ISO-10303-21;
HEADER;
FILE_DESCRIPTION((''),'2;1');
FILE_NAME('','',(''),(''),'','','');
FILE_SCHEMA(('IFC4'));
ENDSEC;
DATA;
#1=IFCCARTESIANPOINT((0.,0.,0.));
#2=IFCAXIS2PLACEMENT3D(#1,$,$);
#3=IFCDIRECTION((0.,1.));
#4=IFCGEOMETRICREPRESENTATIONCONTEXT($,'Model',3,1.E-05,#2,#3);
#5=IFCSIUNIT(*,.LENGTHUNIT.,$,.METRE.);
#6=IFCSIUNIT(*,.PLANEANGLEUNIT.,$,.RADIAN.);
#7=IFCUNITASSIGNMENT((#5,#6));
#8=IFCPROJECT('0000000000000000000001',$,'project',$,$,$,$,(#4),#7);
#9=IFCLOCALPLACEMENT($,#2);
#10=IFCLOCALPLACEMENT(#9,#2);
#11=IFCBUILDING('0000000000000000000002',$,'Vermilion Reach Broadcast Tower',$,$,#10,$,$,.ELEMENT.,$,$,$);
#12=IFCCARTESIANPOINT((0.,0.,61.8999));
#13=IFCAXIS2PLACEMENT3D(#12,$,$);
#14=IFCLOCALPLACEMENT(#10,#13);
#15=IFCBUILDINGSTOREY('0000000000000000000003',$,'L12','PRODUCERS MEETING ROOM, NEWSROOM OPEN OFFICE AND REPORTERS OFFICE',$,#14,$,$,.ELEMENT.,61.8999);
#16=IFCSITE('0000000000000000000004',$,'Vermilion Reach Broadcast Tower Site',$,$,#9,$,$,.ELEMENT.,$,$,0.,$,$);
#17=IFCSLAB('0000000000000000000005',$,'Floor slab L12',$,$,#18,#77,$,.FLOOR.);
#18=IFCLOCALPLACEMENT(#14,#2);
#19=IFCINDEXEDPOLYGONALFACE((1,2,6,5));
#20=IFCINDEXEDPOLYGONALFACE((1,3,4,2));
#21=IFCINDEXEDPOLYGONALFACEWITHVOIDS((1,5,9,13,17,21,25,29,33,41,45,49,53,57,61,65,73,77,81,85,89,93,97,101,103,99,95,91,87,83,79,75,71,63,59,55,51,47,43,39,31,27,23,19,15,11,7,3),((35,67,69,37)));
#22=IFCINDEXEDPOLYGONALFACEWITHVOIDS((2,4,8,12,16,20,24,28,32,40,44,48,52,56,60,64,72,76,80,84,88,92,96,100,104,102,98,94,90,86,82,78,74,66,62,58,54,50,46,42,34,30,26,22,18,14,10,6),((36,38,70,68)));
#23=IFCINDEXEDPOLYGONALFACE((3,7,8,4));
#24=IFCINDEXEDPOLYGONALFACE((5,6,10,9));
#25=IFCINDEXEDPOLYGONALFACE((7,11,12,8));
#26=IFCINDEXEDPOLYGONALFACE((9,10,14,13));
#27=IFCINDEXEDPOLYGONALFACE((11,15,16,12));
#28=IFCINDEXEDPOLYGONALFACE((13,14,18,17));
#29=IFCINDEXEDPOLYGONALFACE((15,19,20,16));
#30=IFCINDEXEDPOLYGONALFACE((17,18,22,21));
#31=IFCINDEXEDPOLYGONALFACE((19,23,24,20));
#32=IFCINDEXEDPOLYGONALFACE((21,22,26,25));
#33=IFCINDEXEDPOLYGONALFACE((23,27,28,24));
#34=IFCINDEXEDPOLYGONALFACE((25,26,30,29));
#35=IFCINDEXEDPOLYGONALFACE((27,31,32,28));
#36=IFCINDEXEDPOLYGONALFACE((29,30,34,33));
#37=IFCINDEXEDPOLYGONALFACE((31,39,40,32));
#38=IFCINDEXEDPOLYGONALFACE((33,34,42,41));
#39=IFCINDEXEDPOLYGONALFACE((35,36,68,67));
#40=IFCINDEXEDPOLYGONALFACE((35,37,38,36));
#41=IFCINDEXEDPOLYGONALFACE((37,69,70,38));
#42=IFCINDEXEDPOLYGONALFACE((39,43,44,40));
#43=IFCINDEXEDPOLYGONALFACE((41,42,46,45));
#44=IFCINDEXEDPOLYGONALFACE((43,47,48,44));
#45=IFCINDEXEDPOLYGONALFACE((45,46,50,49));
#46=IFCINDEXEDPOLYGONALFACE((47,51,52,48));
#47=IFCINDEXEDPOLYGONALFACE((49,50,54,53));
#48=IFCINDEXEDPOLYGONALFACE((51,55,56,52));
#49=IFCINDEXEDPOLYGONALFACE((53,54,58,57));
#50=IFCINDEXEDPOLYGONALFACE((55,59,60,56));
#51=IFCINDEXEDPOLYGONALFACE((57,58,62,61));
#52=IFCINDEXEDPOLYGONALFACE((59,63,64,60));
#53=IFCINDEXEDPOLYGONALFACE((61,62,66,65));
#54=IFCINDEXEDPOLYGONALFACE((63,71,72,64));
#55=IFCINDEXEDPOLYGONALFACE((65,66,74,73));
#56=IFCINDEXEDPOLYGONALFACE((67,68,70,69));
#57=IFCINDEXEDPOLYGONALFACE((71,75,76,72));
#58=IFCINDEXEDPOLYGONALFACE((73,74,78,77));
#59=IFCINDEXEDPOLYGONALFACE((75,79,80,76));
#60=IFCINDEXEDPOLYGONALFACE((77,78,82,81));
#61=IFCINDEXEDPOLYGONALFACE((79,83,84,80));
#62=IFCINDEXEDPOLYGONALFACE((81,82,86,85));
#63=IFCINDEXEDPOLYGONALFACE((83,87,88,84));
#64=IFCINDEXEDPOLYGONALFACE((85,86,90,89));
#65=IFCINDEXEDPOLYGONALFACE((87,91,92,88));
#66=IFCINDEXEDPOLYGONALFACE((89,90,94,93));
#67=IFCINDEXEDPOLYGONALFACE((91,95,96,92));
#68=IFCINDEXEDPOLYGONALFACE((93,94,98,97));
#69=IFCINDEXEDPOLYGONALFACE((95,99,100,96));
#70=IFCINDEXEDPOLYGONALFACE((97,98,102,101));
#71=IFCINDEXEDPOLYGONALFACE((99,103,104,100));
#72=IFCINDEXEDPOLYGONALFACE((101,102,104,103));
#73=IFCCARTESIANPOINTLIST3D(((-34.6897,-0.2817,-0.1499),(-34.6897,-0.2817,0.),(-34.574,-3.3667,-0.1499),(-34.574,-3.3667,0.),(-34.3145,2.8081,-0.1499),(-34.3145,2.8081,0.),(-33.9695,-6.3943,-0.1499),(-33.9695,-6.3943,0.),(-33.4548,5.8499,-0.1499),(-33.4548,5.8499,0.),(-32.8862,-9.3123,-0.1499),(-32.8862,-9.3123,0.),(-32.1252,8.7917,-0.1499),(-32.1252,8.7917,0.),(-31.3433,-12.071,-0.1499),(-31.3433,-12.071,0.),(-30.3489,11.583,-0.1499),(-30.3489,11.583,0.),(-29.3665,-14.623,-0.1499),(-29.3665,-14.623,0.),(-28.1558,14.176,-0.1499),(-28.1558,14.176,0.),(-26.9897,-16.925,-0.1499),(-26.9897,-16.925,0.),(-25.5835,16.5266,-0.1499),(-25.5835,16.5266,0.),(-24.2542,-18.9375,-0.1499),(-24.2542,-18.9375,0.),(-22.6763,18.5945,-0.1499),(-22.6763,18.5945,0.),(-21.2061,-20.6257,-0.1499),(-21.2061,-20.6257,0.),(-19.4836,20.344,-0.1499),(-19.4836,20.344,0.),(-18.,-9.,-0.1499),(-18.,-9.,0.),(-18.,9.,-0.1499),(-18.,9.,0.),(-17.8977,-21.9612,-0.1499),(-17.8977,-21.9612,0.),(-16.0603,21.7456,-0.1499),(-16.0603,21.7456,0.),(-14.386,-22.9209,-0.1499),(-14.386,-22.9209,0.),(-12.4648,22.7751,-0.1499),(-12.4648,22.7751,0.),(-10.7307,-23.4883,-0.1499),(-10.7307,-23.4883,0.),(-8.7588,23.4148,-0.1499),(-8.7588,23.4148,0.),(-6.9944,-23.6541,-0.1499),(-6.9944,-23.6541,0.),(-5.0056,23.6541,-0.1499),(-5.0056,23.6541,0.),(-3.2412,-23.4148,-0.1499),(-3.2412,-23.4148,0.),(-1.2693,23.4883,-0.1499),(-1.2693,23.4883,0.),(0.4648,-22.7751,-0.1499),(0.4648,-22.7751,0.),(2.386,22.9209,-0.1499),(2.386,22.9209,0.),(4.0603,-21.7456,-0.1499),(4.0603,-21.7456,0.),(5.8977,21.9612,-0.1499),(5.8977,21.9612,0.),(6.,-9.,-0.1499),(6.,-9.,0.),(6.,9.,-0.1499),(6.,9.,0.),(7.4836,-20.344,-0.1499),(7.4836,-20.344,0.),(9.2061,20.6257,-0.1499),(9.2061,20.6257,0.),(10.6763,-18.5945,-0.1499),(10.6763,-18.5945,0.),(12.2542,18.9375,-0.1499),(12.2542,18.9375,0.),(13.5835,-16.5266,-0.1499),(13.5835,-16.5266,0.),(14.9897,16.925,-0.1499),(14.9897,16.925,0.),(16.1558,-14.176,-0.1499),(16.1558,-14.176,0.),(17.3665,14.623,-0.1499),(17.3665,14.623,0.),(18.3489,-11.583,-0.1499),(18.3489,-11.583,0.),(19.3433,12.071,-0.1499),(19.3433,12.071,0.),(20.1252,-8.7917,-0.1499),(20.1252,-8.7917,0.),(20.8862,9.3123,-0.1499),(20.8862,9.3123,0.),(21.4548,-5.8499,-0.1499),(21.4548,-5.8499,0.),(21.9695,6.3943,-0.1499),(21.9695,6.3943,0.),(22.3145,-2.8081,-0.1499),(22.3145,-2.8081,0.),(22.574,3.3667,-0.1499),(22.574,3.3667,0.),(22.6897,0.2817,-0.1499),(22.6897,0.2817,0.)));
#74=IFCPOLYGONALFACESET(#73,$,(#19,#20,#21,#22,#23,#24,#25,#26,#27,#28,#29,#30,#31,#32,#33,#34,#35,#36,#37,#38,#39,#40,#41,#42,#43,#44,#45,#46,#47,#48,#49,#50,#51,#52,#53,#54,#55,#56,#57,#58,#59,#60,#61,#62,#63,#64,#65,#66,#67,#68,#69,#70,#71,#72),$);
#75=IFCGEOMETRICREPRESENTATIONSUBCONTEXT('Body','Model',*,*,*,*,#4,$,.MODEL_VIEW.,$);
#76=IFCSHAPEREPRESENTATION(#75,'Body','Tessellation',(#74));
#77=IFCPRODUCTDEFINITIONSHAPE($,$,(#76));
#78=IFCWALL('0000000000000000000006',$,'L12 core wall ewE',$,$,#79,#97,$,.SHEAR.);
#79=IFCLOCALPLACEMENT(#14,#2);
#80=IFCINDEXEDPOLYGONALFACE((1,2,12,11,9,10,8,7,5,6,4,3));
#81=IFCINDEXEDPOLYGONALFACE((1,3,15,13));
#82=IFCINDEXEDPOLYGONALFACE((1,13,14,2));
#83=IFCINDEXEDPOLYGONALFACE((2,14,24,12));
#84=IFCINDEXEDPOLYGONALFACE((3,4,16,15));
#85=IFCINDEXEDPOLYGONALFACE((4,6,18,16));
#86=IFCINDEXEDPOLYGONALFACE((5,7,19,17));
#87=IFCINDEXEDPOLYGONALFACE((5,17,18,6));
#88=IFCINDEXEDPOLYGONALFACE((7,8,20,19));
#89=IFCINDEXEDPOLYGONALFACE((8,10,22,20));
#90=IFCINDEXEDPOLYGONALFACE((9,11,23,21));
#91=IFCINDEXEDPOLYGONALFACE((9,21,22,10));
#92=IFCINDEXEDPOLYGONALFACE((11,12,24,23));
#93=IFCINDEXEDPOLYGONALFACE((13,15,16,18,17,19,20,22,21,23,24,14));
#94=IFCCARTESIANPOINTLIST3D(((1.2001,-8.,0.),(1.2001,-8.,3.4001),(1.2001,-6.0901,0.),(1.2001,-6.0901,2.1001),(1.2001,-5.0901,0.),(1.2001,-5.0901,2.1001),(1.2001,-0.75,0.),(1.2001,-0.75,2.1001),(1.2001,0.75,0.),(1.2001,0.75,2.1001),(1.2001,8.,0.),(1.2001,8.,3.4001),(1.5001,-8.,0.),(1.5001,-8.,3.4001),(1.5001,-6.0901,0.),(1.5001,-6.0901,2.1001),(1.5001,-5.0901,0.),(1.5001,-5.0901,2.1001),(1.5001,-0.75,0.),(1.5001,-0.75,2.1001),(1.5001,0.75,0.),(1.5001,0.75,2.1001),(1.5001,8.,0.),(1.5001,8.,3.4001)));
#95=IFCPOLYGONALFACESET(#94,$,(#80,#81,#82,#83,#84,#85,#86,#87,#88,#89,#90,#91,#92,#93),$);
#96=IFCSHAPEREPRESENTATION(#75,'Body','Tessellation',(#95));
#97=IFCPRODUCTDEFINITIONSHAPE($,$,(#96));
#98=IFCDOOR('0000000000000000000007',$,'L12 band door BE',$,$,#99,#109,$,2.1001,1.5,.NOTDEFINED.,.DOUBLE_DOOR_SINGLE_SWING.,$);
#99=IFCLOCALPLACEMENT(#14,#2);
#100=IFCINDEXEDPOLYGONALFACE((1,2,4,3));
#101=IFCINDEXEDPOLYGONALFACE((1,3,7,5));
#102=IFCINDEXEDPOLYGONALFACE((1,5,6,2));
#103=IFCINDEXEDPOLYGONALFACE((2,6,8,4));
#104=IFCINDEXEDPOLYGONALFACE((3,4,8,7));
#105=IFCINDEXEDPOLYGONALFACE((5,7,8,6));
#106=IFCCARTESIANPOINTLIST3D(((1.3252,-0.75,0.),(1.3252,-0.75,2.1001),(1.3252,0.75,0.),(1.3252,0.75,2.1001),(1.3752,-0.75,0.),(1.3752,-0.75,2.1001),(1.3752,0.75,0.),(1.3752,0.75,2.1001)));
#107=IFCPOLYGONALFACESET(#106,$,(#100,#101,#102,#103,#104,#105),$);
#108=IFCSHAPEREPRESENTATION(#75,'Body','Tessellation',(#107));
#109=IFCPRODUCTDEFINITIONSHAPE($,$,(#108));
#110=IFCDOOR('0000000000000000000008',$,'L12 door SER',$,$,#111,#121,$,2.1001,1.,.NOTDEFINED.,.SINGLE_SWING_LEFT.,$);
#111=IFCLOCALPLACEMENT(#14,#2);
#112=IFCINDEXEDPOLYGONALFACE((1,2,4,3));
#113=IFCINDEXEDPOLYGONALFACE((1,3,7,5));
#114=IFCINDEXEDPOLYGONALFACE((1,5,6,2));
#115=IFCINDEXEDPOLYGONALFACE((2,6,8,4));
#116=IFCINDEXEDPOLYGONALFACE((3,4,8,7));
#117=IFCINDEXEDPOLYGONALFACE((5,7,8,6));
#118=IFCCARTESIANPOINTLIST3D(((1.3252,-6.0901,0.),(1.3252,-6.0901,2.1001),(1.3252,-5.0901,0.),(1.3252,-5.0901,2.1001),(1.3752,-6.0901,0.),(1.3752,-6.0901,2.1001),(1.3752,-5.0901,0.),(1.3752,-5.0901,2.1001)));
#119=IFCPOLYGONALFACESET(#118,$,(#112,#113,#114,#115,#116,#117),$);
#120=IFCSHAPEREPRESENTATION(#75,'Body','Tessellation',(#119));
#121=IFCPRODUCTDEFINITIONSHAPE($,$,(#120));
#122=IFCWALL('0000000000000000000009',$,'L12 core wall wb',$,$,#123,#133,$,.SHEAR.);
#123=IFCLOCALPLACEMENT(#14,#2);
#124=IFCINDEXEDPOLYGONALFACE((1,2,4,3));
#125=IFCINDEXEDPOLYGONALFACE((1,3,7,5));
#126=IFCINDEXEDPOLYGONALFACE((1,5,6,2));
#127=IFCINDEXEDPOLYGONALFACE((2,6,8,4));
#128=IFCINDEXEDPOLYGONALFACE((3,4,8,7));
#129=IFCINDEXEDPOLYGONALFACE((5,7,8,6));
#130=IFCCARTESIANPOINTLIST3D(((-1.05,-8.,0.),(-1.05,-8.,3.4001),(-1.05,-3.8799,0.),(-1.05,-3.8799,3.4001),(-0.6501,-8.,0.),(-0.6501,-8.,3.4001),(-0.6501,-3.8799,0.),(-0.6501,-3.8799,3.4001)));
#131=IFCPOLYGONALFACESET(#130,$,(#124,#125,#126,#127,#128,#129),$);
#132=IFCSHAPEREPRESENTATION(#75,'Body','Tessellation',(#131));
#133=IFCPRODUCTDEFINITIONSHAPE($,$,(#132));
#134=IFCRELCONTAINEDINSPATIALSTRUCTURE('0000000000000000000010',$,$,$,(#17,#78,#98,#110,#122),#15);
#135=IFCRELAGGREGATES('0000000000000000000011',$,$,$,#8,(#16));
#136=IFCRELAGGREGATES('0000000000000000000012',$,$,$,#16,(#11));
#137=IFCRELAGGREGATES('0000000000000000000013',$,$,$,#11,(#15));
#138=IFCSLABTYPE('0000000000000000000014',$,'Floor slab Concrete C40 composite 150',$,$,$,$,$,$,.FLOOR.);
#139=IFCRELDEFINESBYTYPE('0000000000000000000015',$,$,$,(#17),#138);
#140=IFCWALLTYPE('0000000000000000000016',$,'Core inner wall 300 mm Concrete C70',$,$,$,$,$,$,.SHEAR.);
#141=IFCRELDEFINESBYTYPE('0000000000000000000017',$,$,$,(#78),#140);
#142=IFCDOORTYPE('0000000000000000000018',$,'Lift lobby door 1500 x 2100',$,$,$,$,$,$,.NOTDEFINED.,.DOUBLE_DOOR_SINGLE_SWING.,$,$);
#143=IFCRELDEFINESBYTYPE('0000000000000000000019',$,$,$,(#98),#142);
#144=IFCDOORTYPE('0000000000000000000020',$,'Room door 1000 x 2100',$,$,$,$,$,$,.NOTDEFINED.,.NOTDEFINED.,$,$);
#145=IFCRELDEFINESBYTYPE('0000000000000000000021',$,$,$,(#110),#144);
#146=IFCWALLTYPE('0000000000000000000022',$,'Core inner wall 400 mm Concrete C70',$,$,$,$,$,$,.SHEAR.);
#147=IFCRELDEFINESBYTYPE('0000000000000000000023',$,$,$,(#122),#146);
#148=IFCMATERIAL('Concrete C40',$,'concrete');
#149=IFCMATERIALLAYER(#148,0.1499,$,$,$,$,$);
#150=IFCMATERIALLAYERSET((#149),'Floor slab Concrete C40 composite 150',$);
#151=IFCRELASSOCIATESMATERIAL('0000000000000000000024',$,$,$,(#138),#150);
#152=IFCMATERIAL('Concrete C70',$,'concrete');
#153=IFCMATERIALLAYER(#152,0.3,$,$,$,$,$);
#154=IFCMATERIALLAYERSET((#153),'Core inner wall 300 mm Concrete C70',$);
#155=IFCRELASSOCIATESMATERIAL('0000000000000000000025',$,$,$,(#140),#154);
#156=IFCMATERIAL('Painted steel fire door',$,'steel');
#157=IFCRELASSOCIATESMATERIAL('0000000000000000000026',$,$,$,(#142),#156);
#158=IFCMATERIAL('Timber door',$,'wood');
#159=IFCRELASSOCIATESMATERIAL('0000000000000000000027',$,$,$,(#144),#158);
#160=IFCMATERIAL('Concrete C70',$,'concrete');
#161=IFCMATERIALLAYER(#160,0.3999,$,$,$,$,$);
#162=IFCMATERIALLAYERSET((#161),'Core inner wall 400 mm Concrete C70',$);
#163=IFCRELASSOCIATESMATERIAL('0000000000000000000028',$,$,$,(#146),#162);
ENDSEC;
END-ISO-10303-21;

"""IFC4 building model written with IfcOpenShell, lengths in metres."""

from ifc_helpers import new_model, si_unit, direction, frame, frame_2d, origin, place, context, subcontext, project, spatial, polyline, rectangle, outline, extrude, material, layer, layer_set, type_object, element, fill, save


model = new_model("IFC4")

# Units and contexts
model_context = context("Model", 3, precision=1e-05, world=origin(), true_north=direction((0.0, 1.0)))
body_context = subcontext(model_context, "Body", "Model", "MODEL_VIEW")
ifc_project = project(units=[si_unit("LENGTHUNIT", "METRE"), si_unit("PLANEANGLEUNIT", "RADIAN")], contexts=[model_context])

# Site, building, storey
site_placement = place(None, origin())
site = spatial("IfcSite", under=ifc_project, at=site_placement, Name="Vermilion Reach Broadcast Tower Site", CompositionType="ELEMENT", RefElevation=0.0)
building_placement = place(site_placement, origin())
building = spatial("IfcBuilding", under=site, at=building_placement, Name="Vermilion Reach Broadcast Tower", CompositionType="ELEMENT")
storey_placement = place(building_placement, frame((0.0, 0.0, 61.8999)))
storey = spatial("IfcBuildingStorey", under=building, at=storey_placement, Name="L12", Description="PRODUCERS MEETING ROOM, NEWSROOM OPEN OFFICE AND REPORTERS OFFICE", CompositionType="ELEMENT", Elevation=61.8999)

# Slab
ifc_material_1 = material(Name="Concrete C40", Category="concrete")
ifc_layer_1 = layer(ifc_material_1, 0.1499)
ifc_layer_set_1 = layer_set([ifc_layer_1], Name="Floor slab Concrete C40 composite 150")
slab_type_1 = type_object("IfcSlabType", Name="Floor slab Concrete C40 composite 150", PredefinedType="FLOOR", material=ifc_layer_set_1)
slab_1_placement = place(storey_placement, frame((0.0, 0.0, -0.1499)))
element("IfcSlab", 1, at=slab_1_placement, inside=storey, type_object=slab_type_1, Name="Floor slab L12", PredefinedType="FLOOR", context=body_context, shape_type="SweptSolid", body=[
    extrude(outline(polyline([(22.574, 3.3667), (21.9695, 6.3943), (20.8862, 9.3123), (19.3433, 12.071), (17.3665, 14.623), (14.9897, 16.925), (12.2542, 18.9375), (9.2061, 20.6257), (5.8977, 21.9612), (2.386, 22.9209), (-1.2693, 23.4883), (-5.0056, 23.6541), (-8.7588, 23.4148), (-12.4648, 22.7751), (-16.0603, 21.7456), (-19.4836, 20.344), (-22.6763, 18.5945), (-25.5835, 16.5266), (-28.1558, 14.176), (-30.3489, 11.583), (-32.1252, 8.7917), (-33.4548, 5.8499), (-34.3145, 2.8081), (-34.6897, -0.2817), (-34.574, -3.3667), (-33.9695, -6.3943), (-32.8862, -9.3123), (-31.3433, -12.071), (-29.3665, -14.623), (-26.9897, -16.925), (-24.2542, -18.9375), (-21.2061, -20.6257), (-17.8977, -21.9612), (-14.386, -22.9209), (-10.7307, -23.4883), (-6.9944, -23.6541), (-3.2412, -23.4148), (0.4648, -22.7751), (4.0603, -21.7456), (7.4836, -20.344), (10.6763, -18.5945), (13.5835, -16.5266), (16.1558, -14.176), (18.3489, -11.583), (20.1252, -8.7917), (21.4548, -5.8499), (22.3145, -2.8081), (22.6897, 0.2817), (22.574, 3.3667)]), holes=[polyline([(-18.0, -9.0), (6.0, -9.0), (6.0, 9.0), (-18.0, 9.0), (-18.0, -9.0)])]), origin(), (0.0, 0.0, 1.0), 0.1499),
])

# Wall, openings, doors
ifc_material_2 = material(Name="Concrete C70", Category="concrete")
ifc_layer_2 = layer(ifc_material_2, 0.3)
ifc_layer_set_2 = layer_set([ifc_layer_2], Name="Core inner wall 300 mm Concrete C70")
wall_type_1 = type_object("IfcWallType", Name="Core inner wall 300 mm Concrete C70", PredefinedType="SHEAR", material=ifc_layer_set_2)
wall_1_placement = place(storey_placement, frame((1.3501, -8.0, 0.0), z_axis=(0.0, 0.0, 1.0), x_axis=(0.0, 1.0, 0.0)))
wall_1 = element("IfcWall", 2, at=wall_1_placement, inside=storey, type_object=wall_type_1, Name="L12 core wall ewE", PredefinedType="SHEAR", context=body_context, shape_type="SweptSolid", body=[
    extrude(rectangle(XDim=16.0, YDim=0.3, at=frame_2d((8.0, 0.0))), origin(), (0.0, 0.0, 1.0), 3.4001),
])
opening_1_placement = place(wall_1_placement, frame((1.9099, 0.0, 0.0)))
opening_1 = element("IfcOpeningElement", 3, at=opening_1_placement, cuts=wall_1, PredefinedType="OPENING", context=body_context, shape_type="SweptSolid", body=[
    extrude(rectangle(XDim=1.0, YDim=2.1001, at=frame_2d((0.5, 1.05))), frame((0.0, 0.1599, 0.0), z_axis=(0.0, -1.0, 0.0), x_axis=(1.0, 0.0, 0.0)), (0.0, 0.0, 1.0), 0.3201),
])
opening_2_placement = place(wall_1_placement, frame((7.25, 0.0, 0.0)))
opening_2 = element("IfcOpeningElement", 4, at=opening_2_placement, cuts=wall_1, PredefinedType="OPENING", context=body_context, shape_type="SweptSolid", body=[
    extrude(rectangle(XDim=1.5, YDim=2.1001, at=frame_2d((0.75, 1.05))), frame((0.0, 0.1599, 0.0), z_axis=(0.0, -1.0, 0.0), x_axis=(1.0, 0.0, 0.0)), (0.0, 0.0, 1.0), 0.3201),
])
ifc_material_3 = material(Name="Painted steel fire door", Category="steel")
door_type_1 = type_object("IfcDoorType", Name="Lift lobby door 1500 x 2100", OperationType="DOUBLE_DOOR_SINGLE_SWING", PredefinedType="NOTDEFINED", material=ifc_material_3)
door_1_placement = place(opening_2_placement, origin())
door_1 = element("IfcDoor", 5, at=door_1_placement, inside=storey, type_object=door_type_1, Name="L12 band door BE", OperationType="DOUBLE_DOOR_SINGLE_SWING", OverallHeight=2.1001, OverallWidth=1.5, PredefinedType="NOTDEFINED", context=body_context, shape_type="SweptSolid", body=[
    extrude(rectangle(XDim=1.5, YDim=2.1001, at=frame_2d((0.75, 1.05))), frame((0.0, 0.0249, 0.0), z_axis=(0.0, -1.0, 0.0), x_axis=(1.0, 0.0, 0.0)), (0.0, 0.0, 1.0), 0.05),
])
fill(opening_2, door_1)
ifc_material_4 = material(Name="Timber door", Category="wood")
door_type_2 = type_object("IfcDoorType", Name="Room door 1000 x 2100", OperationType="NOTDEFINED", PredefinedType="NOTDEFINED", material=ifc_material_4)
door_2_placement = place(opening_1_placement, origin())
door_2 = element("IfcDoor", 6, at=door_2_placement, inside=storey, type_object=door_type_2, Name="L12 door SER", OperationType="SINGLE_SWING_LEFT", OverallHeight=2.1001, OverallWidth=1.0, PredefinedType="NOTDEFINED", context=body_context, shape_type="SweptSolid", body=[
    extrude(rectangle(XDim=1.0, YDim=2.1001, at=frame_2d((0.5, 1.05))), frame((0.0, 0.0249, 0.0), z_axis=(0.0, -1.0, 0.0), x_axis=(1.0, 0.0, 0.0)), (0.0, 0.0, 1.0), 0.05),
])
fill(opening_1, door_2)

# Wall
ifc_material_5 = material(Name="Concrete C70", Category="concrete")
ifc_layer_3 = layer(ifc_material_5, 0.3999)
ifc_layer_set_3 = layer_set([ifc_layer_3], Name="Core inner wall 400 mm Concrete C70")
wall_type_2 = type_object("IfcWallType", Name="Core inner wall 400 mm Concrete C70", PredefinedType="SHEAR", material=ifc_layer_set_3)
wall_2_placement = place(storey_placement, frame((-0.8501, -3.8799, 0.0), z_axis=(0.0, 0.0, 1.0), x_axis=(0.0, -1.0, 0.0)))
element("IfcWall", 7, at=wall_2_placement, inside=storey, type_object=wall_type_2, Name="L12 core wall wb", PredefinedType="SHEAR", context=body_context, shape_type="SweptSolid", body=[
    extrude(rectangle(XDim=4.1201, YDim=0.3999, at=frame_2d((2.0601, 0.0))), origin(), (0.0, 0.0, 1.0), 3.4001),
])

save(model, "model.ifc")
